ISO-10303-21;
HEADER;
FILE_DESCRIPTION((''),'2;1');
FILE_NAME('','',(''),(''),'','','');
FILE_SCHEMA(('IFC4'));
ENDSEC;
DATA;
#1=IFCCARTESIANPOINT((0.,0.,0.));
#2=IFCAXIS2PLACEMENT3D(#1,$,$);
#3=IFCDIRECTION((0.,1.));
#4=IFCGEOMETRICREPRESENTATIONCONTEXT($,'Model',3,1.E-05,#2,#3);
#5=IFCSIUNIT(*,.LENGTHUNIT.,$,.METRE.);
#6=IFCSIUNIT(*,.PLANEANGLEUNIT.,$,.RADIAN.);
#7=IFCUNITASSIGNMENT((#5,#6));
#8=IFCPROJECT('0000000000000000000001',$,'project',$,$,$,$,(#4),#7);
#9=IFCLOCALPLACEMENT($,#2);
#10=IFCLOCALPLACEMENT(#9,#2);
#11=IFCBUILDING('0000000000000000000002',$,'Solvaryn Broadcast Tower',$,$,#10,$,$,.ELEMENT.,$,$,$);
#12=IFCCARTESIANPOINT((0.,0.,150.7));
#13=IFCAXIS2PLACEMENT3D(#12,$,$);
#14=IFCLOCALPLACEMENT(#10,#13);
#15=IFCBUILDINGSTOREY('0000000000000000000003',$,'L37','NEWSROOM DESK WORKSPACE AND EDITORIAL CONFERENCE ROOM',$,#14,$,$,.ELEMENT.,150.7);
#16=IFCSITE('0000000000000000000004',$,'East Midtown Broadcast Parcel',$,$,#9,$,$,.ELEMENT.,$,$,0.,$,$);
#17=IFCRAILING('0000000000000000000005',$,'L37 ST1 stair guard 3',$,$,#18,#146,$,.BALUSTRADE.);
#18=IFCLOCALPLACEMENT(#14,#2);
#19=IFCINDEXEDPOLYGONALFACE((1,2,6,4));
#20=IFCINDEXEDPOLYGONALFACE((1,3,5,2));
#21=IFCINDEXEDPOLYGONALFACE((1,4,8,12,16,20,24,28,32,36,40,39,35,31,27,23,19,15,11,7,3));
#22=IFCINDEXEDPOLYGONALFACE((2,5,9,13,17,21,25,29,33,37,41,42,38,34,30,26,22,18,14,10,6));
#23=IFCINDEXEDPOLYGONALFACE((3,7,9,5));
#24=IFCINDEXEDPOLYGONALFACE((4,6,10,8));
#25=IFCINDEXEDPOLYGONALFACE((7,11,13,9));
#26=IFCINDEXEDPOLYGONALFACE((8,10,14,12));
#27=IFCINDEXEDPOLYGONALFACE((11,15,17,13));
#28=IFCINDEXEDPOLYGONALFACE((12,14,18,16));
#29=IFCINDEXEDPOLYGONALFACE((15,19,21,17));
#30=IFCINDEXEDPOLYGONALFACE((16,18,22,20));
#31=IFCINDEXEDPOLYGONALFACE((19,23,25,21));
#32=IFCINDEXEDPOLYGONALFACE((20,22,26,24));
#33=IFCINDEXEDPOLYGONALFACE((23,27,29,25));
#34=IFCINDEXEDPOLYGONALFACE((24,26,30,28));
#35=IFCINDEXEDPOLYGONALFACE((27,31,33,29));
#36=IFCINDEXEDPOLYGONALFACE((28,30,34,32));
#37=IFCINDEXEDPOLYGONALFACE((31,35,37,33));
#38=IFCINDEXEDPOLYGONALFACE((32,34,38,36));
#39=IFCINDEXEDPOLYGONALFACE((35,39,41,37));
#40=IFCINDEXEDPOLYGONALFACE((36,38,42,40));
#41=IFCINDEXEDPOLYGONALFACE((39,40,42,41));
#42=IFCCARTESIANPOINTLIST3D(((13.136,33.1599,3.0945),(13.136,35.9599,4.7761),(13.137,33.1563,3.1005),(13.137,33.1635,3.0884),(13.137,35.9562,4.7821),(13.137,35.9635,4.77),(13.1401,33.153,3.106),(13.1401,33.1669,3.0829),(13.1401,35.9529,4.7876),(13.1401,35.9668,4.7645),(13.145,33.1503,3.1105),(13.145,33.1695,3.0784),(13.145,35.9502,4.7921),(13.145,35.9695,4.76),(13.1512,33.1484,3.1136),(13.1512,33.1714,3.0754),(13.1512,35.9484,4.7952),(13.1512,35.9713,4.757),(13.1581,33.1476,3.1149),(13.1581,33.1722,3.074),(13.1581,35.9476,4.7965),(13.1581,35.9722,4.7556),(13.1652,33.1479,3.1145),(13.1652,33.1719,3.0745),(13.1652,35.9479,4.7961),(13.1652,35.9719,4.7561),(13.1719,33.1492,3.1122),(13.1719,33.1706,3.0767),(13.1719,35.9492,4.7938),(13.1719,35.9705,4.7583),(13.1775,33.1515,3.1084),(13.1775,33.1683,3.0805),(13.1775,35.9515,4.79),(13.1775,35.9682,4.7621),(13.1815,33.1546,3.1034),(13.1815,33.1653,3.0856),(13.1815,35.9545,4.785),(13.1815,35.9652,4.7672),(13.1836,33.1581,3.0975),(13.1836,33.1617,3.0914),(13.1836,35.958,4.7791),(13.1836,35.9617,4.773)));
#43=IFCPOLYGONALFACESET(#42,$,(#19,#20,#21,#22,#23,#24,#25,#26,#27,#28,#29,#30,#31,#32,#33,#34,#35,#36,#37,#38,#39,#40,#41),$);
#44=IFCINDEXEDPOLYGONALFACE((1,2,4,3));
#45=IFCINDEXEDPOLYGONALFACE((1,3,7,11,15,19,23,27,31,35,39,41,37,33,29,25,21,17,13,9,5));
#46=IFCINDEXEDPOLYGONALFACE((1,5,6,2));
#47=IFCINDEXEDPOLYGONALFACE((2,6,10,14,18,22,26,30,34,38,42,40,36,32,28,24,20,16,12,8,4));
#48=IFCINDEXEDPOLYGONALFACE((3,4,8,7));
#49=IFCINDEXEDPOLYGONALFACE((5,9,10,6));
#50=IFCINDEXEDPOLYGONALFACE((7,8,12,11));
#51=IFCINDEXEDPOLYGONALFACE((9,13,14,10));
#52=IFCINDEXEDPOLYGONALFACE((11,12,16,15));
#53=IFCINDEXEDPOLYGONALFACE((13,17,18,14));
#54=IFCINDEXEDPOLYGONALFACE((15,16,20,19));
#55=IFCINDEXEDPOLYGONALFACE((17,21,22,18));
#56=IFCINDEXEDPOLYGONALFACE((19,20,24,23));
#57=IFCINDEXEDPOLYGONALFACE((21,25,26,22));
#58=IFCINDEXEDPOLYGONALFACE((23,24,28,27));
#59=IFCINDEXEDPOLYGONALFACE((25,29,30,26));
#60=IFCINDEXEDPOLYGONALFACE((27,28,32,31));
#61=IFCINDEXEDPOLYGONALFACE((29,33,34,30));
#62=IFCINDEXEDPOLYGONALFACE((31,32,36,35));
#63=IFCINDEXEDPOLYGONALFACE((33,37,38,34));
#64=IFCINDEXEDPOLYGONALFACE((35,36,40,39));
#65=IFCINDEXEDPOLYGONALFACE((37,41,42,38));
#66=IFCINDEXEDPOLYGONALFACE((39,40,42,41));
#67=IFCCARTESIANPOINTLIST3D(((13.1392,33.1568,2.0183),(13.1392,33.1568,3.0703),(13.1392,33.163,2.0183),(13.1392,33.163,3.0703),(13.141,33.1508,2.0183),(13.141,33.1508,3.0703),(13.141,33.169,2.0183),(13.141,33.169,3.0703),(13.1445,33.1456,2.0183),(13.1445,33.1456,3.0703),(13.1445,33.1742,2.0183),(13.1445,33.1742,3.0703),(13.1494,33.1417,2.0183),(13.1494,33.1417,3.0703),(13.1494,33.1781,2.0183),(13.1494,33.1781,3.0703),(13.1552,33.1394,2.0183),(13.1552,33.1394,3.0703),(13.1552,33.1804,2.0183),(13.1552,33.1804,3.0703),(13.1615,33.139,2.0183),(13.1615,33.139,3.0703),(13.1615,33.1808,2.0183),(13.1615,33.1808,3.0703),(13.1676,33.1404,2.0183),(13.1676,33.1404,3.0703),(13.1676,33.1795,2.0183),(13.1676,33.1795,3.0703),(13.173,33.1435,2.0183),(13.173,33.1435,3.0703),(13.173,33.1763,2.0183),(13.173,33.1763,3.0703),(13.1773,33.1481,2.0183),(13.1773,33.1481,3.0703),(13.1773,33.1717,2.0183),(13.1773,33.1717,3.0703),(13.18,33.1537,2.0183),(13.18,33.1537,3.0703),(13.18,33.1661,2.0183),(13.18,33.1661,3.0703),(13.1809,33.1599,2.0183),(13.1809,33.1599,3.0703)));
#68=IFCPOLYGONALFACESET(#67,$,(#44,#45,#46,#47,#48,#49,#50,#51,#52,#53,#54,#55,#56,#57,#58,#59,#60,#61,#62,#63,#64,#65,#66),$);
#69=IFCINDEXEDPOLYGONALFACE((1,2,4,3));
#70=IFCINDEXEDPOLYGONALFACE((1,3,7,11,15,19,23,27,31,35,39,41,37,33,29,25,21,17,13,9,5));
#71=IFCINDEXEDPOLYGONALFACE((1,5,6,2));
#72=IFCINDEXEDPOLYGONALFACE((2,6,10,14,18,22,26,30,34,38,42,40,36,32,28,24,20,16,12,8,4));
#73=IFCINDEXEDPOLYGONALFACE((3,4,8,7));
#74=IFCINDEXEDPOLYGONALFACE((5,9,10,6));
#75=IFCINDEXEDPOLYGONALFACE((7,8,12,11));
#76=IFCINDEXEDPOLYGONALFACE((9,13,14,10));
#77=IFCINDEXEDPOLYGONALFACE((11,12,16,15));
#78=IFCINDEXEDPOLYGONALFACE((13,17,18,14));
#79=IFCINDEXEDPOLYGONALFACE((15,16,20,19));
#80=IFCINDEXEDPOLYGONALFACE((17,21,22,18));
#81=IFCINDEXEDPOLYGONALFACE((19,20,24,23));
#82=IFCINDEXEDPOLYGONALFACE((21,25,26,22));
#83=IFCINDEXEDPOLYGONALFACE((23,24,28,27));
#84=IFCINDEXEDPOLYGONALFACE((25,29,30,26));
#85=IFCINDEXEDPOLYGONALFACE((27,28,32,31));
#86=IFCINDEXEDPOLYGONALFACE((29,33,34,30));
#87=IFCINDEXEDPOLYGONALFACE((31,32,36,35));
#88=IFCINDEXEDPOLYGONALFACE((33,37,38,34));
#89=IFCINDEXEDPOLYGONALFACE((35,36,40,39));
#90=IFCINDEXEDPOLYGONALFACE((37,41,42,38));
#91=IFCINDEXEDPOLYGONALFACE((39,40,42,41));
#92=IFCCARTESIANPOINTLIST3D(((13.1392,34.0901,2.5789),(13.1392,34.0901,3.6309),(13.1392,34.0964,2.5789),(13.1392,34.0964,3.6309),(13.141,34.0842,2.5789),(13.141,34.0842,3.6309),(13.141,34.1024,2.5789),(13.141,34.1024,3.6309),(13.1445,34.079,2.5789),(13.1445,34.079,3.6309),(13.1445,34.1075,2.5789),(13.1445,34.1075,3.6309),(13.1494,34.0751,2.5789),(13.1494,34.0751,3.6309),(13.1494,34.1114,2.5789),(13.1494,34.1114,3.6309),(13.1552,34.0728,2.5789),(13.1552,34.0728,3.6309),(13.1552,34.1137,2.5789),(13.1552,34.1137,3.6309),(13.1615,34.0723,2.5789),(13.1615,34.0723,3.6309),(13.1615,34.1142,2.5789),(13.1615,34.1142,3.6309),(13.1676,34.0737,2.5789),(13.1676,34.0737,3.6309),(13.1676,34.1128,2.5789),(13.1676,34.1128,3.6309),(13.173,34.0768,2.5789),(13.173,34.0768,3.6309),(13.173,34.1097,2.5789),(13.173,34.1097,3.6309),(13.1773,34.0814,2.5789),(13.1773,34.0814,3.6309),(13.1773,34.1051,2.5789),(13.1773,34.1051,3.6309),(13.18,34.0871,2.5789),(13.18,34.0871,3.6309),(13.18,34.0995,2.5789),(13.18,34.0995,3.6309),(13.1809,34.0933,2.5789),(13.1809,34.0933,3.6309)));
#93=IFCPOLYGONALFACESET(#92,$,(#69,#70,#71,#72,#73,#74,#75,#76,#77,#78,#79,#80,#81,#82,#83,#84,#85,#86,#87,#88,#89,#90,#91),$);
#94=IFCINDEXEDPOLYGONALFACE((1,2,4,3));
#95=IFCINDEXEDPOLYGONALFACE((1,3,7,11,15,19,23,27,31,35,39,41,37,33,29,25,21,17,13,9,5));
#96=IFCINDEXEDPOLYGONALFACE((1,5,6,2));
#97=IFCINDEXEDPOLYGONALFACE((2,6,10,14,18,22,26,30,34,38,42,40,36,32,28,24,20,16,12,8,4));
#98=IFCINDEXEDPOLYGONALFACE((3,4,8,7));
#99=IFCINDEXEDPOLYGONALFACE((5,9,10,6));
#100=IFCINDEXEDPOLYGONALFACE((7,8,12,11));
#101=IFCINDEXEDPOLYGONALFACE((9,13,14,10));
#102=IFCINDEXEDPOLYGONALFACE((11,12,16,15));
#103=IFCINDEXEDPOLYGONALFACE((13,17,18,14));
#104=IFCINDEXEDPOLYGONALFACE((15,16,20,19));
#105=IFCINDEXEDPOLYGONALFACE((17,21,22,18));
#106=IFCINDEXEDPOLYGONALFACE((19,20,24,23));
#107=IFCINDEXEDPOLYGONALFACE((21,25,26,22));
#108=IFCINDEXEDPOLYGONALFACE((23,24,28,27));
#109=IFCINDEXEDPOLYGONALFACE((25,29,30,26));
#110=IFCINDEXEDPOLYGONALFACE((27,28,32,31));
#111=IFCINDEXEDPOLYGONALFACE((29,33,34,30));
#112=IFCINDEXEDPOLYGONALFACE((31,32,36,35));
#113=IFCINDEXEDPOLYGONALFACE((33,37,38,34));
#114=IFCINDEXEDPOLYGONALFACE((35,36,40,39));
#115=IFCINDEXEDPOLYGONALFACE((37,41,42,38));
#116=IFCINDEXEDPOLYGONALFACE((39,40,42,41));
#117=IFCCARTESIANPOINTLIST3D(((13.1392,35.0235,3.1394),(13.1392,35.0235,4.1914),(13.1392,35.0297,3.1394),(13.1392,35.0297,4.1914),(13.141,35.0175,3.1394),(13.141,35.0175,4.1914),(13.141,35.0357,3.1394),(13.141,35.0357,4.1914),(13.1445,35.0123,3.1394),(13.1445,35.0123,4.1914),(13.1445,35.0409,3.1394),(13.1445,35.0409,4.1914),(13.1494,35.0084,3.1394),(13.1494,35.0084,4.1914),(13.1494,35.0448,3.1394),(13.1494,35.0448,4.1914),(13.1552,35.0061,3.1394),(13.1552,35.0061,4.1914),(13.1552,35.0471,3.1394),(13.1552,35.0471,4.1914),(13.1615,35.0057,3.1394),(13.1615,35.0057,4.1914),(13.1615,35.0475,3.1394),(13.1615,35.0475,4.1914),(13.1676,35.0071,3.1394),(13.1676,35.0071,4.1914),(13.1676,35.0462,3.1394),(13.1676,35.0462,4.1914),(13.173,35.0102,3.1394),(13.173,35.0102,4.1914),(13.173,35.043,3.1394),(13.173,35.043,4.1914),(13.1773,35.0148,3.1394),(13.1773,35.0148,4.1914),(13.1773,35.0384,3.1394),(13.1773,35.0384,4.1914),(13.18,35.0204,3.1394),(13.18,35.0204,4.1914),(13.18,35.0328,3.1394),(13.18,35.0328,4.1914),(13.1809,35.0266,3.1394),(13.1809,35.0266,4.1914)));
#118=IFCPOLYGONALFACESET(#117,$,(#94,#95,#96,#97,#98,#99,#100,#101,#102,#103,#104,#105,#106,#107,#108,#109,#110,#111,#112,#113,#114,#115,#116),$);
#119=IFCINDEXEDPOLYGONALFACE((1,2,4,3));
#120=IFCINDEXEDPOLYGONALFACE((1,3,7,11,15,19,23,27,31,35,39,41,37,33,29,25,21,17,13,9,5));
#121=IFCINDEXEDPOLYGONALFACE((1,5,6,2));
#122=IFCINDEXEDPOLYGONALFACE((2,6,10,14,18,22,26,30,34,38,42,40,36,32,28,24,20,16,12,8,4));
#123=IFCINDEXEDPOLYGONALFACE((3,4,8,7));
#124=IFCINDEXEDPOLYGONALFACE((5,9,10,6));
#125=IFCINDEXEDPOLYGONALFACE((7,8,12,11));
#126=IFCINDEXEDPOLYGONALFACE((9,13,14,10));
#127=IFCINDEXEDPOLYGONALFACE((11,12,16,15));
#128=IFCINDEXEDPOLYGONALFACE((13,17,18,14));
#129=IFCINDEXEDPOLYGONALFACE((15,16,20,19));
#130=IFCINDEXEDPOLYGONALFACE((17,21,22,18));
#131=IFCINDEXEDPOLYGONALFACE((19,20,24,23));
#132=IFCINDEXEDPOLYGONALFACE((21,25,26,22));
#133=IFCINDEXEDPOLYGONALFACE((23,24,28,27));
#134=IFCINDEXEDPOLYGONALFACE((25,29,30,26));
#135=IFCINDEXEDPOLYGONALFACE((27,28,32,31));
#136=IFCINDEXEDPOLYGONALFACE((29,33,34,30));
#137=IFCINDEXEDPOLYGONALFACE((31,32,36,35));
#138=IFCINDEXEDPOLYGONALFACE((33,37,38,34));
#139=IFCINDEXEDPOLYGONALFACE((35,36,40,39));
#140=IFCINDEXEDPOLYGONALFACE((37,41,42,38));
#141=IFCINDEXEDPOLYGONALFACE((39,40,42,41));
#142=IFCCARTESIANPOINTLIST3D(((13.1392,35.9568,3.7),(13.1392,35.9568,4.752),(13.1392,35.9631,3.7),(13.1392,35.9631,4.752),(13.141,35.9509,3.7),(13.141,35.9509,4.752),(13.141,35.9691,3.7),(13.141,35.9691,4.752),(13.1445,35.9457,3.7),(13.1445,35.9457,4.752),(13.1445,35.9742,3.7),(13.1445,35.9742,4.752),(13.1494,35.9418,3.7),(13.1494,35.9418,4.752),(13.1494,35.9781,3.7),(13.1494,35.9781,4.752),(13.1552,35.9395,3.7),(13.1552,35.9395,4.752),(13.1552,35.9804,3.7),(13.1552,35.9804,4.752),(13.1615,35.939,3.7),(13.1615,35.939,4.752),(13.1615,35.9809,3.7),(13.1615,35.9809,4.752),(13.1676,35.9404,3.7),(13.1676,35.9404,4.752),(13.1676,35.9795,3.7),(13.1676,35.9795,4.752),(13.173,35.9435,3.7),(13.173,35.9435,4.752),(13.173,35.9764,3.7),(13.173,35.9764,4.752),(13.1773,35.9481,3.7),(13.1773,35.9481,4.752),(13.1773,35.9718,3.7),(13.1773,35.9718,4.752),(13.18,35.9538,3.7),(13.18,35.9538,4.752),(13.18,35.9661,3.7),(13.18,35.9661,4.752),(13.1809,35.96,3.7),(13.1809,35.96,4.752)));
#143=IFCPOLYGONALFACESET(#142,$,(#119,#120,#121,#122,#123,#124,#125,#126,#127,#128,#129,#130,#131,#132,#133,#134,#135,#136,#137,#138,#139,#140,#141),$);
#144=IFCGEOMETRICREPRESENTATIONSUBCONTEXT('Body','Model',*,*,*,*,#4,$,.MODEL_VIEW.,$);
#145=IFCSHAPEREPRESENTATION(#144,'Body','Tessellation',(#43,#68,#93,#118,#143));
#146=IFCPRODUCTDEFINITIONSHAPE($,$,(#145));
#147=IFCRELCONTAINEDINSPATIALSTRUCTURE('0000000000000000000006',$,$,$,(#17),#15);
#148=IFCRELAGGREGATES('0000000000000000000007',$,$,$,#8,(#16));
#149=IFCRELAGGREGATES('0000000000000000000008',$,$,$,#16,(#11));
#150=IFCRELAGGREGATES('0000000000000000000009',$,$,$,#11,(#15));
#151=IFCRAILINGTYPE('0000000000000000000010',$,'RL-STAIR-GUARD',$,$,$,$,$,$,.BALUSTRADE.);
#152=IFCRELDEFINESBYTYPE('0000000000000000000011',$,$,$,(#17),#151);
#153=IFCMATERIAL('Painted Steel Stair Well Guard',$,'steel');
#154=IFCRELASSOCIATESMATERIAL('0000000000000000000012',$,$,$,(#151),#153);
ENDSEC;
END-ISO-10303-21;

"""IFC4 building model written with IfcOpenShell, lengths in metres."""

from ifc_helpers import new_model, si_unit, direction, frame, origin, origin_2d, place, context, subcontext, project, spatial, circle, extrude, material, type_object, element, save


model = new_model("IFC4")

# Units and contexts
model_context = context("Model", 3, precision=1e-05, world=origin(), true_north=direction((0.0, 1.0)))
body_context = subcontext(model_context, "Body", "Model", "MODEL_VIEW")
ifc_project = project(units=[si_unit("LENGTHUNIT", "METRE"), si_unit("PLANEANGLEUNIT", "RADIAN")], contexts=[model_context])

# Site, building, storey
site_placement = place(None, origin())
site = spatial("IfcSite", under=ifc_project, at=site_placement, Name="East Midtown Broadcast Parcel", CompositionType="ELEMENT", RefElevation=0.0)
building_placement = place(site_placement, origin())
building = spatial("IfcBuilding", under=site, at=building_placement, Name="Solvaryn Broadcast Tower", CompositionType="ELEMENT")
storey_placement = place(building_placement, frame((0.0, 0.0, 150.7)))
storey = spatial("IfcBuildingStorey", under=building, at=storey_placement, Name="L37", Description="NEWSROOM DESK WORKSPACE AND EDITORIAL CONFERENCE ROOM", CompositionType="ELEMENT", Elevation=150.7)

# Railing
ifc_material_1 = material(Name="Painted Steel Stair Well Guard", Category="steel")
railing_type_1 = type_object("IfcRailingType", Name="RL-STAIR-GUARD", PredefinedType="BALUSTRADE", material=ifc_material_1)
railing_1_placement = place(storey_placement, frame((13.1599, 33.1599, 2.0183)))
element("IfcRailing", 1, at=railing_1_placement, inside=storey, type_object=railing_type_1, Name="L37 ST1 stair guard 3", PredefinedType="BALUSTRADE", context=body_context, shape_type="SweptSolid", body=[
    extrude(circle(Radius=0.0239, at=origin_2d()), frame((0.0, 0.0, 1.0762), z_axis=(0.0, 0.857275, 0.514858), x_axis=(-1.0, 0.0, 0.0)), (0.0, 0.0, 1.0), 3.2661),
    extrude(circle(Radius=0.021, at=origin_2d()), origin(), (0.0, 0.0, 1.0), 1.052),
    extrude(circle(Radius=0.021, at=origin_2d()), frame((0.0, 0.9333, 0.5605)), (0.0, 0.0, 1.0), 1.052),
    extrude(circle(Radius=0.021, at=origin_2d()), frame((0.0, 1.8667, 1.1211)), (0.0, 0.0, 1.0), 1.052),
    extrude(circle(Radius=0.021, at=origin_2d()), frame((0.0, 2.8, 1.6816)), (0.0, 0.0, 1.0), 1.052),
])

save(model, "model.ifc")
